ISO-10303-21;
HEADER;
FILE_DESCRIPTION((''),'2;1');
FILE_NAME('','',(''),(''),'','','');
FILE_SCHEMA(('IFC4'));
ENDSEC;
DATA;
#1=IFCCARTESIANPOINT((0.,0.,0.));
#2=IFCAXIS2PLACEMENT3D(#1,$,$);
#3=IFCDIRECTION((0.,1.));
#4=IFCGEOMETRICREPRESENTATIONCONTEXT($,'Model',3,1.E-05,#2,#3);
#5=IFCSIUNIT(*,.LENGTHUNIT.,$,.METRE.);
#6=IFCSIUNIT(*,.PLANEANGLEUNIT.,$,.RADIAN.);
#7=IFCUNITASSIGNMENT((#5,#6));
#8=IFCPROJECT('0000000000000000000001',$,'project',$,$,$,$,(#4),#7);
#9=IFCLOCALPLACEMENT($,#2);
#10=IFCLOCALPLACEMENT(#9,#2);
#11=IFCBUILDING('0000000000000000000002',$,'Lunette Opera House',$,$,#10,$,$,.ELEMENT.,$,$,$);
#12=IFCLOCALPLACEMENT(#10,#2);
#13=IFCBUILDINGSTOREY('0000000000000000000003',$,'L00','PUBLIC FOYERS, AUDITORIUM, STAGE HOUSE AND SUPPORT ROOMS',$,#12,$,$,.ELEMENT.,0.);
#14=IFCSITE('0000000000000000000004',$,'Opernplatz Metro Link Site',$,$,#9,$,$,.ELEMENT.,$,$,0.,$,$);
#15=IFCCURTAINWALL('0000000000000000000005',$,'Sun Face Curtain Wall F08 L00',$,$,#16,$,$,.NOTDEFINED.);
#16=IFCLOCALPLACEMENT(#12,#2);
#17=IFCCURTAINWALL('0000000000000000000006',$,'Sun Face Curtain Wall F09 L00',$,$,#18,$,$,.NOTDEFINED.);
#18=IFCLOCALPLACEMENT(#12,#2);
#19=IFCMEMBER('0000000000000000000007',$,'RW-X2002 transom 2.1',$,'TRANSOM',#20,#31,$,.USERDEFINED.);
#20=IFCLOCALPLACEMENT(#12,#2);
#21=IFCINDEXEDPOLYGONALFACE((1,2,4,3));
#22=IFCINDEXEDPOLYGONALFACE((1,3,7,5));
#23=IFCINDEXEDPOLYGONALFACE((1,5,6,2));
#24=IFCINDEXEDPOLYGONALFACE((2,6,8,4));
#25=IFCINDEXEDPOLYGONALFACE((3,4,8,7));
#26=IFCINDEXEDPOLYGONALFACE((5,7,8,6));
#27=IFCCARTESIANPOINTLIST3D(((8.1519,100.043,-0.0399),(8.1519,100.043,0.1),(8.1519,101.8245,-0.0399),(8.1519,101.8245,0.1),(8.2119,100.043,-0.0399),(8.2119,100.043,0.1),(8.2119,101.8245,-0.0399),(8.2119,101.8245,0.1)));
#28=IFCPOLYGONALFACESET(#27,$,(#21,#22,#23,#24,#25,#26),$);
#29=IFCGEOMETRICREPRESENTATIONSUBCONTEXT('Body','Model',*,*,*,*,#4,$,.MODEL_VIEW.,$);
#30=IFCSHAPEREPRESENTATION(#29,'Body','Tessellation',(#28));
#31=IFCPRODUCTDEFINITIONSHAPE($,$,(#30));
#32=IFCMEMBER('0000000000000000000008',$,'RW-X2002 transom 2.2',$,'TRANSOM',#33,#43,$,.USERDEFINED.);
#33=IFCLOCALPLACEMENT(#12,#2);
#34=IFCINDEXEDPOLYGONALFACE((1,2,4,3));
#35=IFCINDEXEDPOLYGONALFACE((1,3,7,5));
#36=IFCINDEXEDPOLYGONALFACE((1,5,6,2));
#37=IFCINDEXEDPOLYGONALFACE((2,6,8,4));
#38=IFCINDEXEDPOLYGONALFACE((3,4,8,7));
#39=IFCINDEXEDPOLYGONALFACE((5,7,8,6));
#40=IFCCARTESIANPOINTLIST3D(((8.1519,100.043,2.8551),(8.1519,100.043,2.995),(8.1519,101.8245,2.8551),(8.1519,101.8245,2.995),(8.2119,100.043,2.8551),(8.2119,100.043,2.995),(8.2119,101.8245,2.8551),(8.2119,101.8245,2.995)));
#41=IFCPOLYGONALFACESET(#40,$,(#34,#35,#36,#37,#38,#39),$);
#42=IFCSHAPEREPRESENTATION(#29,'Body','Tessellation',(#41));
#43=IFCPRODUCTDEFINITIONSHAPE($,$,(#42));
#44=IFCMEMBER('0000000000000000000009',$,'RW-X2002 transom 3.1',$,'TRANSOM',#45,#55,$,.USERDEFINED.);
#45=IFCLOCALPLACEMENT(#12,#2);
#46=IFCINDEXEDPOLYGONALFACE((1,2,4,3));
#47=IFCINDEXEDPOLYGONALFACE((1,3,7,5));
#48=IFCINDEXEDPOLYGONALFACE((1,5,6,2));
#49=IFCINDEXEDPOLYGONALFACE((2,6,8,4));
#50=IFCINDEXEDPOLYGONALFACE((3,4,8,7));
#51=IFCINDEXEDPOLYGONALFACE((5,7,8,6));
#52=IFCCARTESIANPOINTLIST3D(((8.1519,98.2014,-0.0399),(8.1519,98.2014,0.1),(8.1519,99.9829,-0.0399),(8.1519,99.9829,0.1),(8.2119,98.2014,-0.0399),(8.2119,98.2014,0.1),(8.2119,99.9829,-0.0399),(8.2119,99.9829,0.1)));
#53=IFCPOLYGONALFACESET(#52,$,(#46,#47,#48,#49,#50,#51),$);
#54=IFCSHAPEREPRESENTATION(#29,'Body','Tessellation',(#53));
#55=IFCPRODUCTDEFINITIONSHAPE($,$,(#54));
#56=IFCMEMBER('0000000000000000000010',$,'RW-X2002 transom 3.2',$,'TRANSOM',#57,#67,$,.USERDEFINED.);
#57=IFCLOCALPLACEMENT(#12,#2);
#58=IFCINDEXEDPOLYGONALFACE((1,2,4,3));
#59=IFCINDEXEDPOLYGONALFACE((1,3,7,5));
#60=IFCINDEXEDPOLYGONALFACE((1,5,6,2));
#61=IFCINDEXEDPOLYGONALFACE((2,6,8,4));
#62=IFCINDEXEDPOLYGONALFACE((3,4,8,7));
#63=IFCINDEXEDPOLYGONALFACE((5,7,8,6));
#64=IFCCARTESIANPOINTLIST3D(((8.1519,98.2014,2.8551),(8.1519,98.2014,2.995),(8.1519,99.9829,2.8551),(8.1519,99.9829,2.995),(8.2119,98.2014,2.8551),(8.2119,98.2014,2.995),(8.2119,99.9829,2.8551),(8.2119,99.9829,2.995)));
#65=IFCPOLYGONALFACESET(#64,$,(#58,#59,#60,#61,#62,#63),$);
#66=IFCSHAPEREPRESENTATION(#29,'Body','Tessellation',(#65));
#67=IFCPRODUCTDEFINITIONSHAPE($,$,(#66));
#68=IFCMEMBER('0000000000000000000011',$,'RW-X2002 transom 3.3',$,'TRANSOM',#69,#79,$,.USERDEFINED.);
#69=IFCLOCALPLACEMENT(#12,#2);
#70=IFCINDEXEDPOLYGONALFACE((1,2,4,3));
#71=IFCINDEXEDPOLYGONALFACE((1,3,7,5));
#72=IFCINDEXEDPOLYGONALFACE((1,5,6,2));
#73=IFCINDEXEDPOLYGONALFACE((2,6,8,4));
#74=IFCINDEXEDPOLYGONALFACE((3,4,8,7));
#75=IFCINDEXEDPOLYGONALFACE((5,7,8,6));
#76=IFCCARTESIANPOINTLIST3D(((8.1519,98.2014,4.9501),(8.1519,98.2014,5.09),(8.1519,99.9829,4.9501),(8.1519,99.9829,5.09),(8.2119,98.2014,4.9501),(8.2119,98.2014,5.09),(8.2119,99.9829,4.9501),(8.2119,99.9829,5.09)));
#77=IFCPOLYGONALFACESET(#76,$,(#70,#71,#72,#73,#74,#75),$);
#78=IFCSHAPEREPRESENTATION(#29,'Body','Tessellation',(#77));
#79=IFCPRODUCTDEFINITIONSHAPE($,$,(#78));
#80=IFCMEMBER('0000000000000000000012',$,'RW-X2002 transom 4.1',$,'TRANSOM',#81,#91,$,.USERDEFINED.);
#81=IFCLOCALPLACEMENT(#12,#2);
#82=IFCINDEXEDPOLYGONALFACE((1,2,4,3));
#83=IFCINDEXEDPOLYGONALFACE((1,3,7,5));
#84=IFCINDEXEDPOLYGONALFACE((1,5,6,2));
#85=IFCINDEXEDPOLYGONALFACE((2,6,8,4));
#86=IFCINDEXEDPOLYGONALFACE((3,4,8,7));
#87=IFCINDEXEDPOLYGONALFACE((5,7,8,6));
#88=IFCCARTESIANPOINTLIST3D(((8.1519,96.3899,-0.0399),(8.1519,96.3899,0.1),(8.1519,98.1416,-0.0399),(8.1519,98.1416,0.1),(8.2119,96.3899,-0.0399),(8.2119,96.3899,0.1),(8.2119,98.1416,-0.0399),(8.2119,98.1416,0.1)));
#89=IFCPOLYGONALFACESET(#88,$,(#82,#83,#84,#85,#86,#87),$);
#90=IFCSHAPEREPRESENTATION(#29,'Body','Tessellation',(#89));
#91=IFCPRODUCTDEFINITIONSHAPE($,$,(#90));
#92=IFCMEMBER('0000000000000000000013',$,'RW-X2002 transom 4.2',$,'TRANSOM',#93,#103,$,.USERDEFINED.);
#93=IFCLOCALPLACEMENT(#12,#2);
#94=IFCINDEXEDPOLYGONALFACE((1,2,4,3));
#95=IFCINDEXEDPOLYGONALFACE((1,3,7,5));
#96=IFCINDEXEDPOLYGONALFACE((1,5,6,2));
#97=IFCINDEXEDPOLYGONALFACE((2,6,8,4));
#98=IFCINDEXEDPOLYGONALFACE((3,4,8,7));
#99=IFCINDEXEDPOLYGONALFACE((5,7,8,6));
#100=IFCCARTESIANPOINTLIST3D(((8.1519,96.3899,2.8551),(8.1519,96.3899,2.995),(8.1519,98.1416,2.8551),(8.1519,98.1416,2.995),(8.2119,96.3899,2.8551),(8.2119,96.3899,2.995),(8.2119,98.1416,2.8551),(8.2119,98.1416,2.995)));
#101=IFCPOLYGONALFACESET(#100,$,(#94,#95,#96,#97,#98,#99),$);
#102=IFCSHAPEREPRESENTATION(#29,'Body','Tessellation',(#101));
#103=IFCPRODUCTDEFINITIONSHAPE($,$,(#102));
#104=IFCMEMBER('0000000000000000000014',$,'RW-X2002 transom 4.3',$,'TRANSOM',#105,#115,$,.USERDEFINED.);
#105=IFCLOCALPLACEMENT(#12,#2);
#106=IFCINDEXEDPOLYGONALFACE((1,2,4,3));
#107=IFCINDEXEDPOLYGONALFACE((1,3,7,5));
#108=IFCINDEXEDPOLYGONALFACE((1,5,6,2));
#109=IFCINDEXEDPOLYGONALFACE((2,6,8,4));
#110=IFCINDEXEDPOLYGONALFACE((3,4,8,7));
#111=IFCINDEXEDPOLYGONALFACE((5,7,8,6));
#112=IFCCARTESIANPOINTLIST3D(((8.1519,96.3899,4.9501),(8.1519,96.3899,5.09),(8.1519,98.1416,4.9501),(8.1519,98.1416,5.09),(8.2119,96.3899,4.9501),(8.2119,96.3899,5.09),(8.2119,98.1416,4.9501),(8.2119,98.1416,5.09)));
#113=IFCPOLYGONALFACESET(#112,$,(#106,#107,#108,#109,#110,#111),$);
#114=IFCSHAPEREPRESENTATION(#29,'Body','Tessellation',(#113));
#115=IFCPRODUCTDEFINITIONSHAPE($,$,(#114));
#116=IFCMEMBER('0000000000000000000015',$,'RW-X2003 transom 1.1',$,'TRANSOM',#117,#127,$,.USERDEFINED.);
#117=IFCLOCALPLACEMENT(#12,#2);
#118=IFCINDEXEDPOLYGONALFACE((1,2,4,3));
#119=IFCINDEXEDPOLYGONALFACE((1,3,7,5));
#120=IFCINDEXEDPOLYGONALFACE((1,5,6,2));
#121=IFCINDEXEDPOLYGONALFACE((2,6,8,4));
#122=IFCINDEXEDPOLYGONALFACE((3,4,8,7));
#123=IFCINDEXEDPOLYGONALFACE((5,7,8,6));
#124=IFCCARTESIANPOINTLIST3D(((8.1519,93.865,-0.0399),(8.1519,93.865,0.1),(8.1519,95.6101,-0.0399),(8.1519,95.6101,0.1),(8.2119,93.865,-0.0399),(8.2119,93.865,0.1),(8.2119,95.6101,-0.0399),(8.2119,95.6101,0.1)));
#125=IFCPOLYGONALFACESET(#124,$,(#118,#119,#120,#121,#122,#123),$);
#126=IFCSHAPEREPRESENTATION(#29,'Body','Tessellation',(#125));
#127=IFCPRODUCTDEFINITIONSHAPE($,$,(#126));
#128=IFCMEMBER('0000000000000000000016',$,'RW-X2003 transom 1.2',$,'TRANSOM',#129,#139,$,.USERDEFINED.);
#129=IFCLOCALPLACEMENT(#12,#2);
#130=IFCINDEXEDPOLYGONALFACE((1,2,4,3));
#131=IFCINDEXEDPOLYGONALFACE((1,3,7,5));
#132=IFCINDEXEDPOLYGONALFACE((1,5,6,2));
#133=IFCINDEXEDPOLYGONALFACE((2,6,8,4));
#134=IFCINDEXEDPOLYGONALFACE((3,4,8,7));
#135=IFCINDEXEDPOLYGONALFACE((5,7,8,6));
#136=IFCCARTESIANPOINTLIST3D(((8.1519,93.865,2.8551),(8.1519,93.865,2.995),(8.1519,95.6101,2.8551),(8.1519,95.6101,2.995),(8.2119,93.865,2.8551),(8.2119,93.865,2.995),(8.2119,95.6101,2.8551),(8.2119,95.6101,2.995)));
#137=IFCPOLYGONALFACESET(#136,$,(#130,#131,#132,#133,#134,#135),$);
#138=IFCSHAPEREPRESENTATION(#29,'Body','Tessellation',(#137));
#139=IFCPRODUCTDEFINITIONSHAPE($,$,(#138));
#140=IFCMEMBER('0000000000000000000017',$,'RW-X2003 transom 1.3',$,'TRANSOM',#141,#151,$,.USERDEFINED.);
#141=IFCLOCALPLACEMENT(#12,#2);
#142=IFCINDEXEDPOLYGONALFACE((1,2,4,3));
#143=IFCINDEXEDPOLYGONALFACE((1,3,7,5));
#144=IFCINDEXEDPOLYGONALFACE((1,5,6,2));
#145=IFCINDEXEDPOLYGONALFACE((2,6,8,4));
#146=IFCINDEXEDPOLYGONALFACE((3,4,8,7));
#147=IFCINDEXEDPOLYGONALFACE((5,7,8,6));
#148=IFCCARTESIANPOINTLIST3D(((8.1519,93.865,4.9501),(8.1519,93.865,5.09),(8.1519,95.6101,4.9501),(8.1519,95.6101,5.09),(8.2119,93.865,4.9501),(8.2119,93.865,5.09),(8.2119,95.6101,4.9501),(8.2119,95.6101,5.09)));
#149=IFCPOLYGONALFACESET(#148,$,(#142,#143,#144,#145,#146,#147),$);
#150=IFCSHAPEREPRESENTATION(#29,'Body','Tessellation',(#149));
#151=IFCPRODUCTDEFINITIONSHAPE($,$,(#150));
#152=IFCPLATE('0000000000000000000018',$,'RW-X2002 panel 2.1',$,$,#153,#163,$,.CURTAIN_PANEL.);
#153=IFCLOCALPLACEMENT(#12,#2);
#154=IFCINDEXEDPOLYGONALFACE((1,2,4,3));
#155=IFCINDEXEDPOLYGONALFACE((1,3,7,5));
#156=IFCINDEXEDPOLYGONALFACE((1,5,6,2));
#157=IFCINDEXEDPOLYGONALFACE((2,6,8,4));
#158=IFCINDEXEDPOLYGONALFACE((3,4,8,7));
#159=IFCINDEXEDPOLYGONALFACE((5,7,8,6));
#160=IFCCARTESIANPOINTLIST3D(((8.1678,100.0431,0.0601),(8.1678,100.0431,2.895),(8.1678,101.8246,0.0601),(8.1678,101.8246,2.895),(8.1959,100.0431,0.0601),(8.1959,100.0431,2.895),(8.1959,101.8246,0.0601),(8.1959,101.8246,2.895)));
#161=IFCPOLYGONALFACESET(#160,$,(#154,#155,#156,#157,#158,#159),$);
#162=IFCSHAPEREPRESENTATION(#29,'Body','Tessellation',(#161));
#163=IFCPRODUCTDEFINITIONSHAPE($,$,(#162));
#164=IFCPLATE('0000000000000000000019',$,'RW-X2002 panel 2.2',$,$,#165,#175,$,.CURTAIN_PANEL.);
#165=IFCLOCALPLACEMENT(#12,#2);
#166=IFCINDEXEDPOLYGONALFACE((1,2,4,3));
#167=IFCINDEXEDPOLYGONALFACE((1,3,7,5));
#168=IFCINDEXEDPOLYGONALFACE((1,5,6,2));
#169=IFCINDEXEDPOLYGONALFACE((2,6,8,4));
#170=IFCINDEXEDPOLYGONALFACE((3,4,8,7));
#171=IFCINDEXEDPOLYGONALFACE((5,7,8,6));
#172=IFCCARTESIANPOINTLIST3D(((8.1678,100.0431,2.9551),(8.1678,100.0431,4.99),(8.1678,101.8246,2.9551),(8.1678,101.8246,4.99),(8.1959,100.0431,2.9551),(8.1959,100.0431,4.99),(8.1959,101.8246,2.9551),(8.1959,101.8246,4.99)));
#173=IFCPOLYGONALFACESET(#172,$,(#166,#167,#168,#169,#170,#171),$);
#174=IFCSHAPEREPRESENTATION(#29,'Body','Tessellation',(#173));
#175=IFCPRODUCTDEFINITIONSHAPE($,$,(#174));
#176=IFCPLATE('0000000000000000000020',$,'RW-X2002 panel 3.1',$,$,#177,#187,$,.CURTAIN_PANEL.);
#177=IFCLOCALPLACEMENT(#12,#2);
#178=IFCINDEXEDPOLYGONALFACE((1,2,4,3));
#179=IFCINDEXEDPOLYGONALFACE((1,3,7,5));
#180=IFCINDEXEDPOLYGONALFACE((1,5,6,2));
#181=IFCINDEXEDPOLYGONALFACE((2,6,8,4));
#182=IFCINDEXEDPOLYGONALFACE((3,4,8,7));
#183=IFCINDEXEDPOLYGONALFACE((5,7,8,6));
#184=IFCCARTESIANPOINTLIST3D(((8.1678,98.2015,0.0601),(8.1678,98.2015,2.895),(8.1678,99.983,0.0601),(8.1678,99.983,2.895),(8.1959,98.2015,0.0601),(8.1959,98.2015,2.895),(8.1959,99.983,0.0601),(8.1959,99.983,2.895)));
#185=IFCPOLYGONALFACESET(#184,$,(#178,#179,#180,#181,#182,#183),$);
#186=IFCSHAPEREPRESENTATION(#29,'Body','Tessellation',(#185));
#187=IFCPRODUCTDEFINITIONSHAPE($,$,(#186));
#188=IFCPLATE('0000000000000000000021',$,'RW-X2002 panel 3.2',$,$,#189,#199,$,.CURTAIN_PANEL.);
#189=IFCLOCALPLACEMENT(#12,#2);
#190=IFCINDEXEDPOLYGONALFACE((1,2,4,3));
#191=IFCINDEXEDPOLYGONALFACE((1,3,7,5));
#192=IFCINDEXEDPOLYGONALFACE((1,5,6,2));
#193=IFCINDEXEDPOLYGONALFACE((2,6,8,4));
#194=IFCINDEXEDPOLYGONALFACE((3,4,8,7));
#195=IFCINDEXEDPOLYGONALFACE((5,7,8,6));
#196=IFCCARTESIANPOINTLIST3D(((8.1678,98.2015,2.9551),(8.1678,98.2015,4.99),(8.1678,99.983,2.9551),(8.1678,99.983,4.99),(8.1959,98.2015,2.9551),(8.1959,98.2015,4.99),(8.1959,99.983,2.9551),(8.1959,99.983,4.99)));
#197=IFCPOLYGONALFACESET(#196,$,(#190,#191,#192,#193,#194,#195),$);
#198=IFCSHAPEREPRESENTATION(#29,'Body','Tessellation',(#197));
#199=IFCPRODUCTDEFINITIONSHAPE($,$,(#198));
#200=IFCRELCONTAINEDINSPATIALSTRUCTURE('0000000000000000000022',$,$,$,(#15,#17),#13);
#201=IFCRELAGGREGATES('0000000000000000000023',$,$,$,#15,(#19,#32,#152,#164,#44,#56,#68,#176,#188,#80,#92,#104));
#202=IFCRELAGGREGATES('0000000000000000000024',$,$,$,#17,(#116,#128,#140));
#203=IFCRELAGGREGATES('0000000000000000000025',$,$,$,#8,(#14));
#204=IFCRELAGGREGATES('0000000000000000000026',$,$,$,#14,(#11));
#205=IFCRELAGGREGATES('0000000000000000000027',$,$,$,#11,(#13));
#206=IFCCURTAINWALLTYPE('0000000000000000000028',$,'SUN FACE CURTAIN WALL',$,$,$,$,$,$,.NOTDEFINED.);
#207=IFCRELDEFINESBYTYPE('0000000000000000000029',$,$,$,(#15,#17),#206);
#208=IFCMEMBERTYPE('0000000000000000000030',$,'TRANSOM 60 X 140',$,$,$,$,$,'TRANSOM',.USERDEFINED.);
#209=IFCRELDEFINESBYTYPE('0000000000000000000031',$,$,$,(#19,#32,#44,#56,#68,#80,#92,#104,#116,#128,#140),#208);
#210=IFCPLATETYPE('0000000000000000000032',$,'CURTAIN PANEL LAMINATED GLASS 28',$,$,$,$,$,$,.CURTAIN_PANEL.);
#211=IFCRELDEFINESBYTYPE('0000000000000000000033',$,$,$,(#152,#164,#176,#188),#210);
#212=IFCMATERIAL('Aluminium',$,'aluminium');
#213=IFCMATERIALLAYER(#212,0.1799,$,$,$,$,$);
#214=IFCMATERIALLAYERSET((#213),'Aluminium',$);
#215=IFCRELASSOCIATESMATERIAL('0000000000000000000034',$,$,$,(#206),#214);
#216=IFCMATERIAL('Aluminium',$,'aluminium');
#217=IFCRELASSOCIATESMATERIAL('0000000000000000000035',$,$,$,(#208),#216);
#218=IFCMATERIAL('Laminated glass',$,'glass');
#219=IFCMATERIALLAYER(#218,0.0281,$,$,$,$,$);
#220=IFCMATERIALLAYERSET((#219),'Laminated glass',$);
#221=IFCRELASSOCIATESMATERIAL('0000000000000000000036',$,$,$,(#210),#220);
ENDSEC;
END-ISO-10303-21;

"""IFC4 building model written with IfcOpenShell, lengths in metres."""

from ifc_helpers import new_model, si_unit, direction, frame, origin, origin_2d, place, context, subcontext, project, spatial, rectangle, extrude, material, layer, layer_set, material_profile, profile_set, type_object, element, aggregate, save


model = new_model("IFC4")

# Units and contexts
model_context = context("Model", 3, precision=1e-05, world=origin(), true_north=direction((0.0, 1.0)))
body_context = subcontext(model_context, "Body", "Model", "MODEL_VIEW")
ifc_project = project(units=[si_unit("LENGTHUNIT", "METRE"), si_unit("PLANEANGLEUNIT", "RADIAN")], contexts=[model_context])

# Site, building, storey
site_placement = place(None, origin())
site = spatial("IfcSite", under=ifc_project, at=site_placement, Name="Opernplatz Metro Link Site", CompositionType="ELEMENT", RefElevation=0.0)
building_placement = place(site_placement, origin())
building = spatial("IfcBuilding", under=site, at=building_placement, Name="Lunette Opera House", CompositionType="ELEMENT")
storey_placement = place(building_placement, origin())
storey = spatial("IfcBuildingStorey", under=building, at=storey_placement, Name="L00", Description="PUBLIC FOYERS, AUDITORIUM, STAGE HOUSE AND SUPPORT ROOMS", CompositionType="ELEMENT", Elevation=0.0)

# Curtain wall
ifc_material_1 = material(Name="Aluminium", Category="aluminium")
ifc_layer_1 = layer(ifc_material_1, 0.1799)
ifc_layer_set_1 = layer_set([ifc_layer_1], Name="Aluminium")
curtain_wall_type = type_object("IfcCurtainWallType", Name="SUN FACE CURTAIN WALL", PredefinedType="NOTDEFINED", material=ifc_layer_set_1)
curtain_wall_1_placement = place(storey_placement, origin())
curtain_wall_1 = element("IfcCurtainWall", 1, at=curtain_wall_1_placement, inside=storey, type_object=curtain_wall_type, Name="Sun Face Curtain Wall F08 L00", PredefinedType="NOTDEFINED")

# Curtain wall
curtain_wall_2_placement = place(storey_placement, origin())
curtain_wall_2 = element("IfcCurtainWall", 2, at=curtain_wall_2_placement, inside=storey, type_object=curtain_wall_type, Name="Sun Face Curtain Wall F09 L00", PredefinedType="NOTDEFINED")

# Members
ifc_material_2 = material(Name="Aluminium", Category="aluminium")
ifc_material_profile_1 = material_profile(ifc_material_2, rectangle(XDim=0.0601, YDim=0.1399, at=origin_2d()), Name="TRANSOM 60 X 140")
ifc_profile_set_1 = profile_set([ifc_material_profile_1], Name="Aluminium")
member_type_1 = type_object("IfcMemberType", Name="TRANSOM 60 X 140", ElementType="TRANSOM", PredefinedType="USERDEFINED", material=ifc_profile_set_1)
member_1_placement = place(storey_placement, frame((8.1819, 101.8245, 0.03), z_axis=(0.0, -1.0, 0.0), x_axis=(1.0, 0.0, 0.0)))
member_1 = element("IfcMember", 3, at=member_1_placement, type_object=member_type_1, Name="RW-X2002 transom 2.1", ObjectType="TRANSOM", PredefinedType="USERDEFINED", context=body_context, shape_type="SweptSolid", body=[
    extrude(rectangle(XDim=0.0601, YDim=0.1399, at=origin_2d()), origin(), (0.0, 0.0, 1.0), 1.7815),
])
member_2_placement = place(storey_placement, frame((8.1819, 101.8245, 2.925), z_axis=(0.0, -1.0, 0.0), x_axis=(1.0, 0.0, 0.0)))
member_2 = element("IfcMember", 4, at=member_2_placement, type_object=member_type_1, Name="RW-X2002 transom 2.2", ObjectType="TRANSOM", PredefinedType="USERDEFINED", context=body_context, shape_type="SweptSolid", body=[
    extrude(rectangle(XDim=0.0601, YDim=0.1399, at=origin_2d()), origin(), (0.0, 0.0, 1.0), 1.7815),
])
member_3_placement = place(storey_placement, frame((8.1819, 99.9829, 0.03), z_axis=(0.0, -1.0, 0.0), x_axis=(1.0, 0.0, 0.0)))
member_3 = element("IfcMember", 5, at=member_3_placement, type_object=member_type_1, Name="RW-X2002 transom 3.1", ObjectType="TRANSOM", PredefinedType="USERDEFINED", context=body_context, shape_type="SweptSolid", body=[
    extrude(rectangle(XDim=0.0601, YDim=0.1399, at=origin_2d()), origin(), (0.0, 0.0, 1.0), 1.7815),
])
member_4_placement = place(storey_placement, frame((8.1819, 99.9829, 2.925), z_axis=(0.0, -1.0, 0.0), x_axis=(1.0, 0.0, 0.0)))
member_4 = element("IfcMember", 6, at=member_4_placement, type_object=member_type_1, Name="RW-X2002 transom 3.2", ObjectType="TRANSOM", PredefinedType="USERDEFINED", context=body_context, shape_type="SweptSolid", body=[
    extrude(rectangle(XDim=0.0601, YDim=0.1399, at=origin_2d()), origin(), (0.0, 0.0, 1.0), 1.7815),
])
member_5_placement = place(storey_placement, frame((8.1819, 99.9829, 5.02), z_axis=(0.0, -1.0, 0.0), x_axis=(1.0, 0.0, 0.0)))
member_5 = element("IfcMember", 7, at=member_5_placement, type_object=member_type_1, Name="RW-X2002 transom 3.3", ObjectType="TRANSOM", PredefinedType="USERDEFINED", context=body_context, shape_type="SweptSolid", body=[
    extrude(rectangle(XDim=0.0601, YDim=0.1399, at=origin_2d()), origin(), (0.0, 0.0, 1.0), 1.7815),
])
member_6_placement = place(storey_placement, frame((8.1819, 98.1416, 0.03), z_axis=(0.0, -1.0, 0.0), x_axis=(1.0, 0.0, 0.0)))
member_6 = element("IfcMember", 8, at=member_6_placement, type_object=member_type_1, Name="RW-X2002 transom 4.1", ObjectType="TRANSOM", PredefinedType="USERDEFINED", context=body_context, shape_type="SweptSolid", body=[
    extrude(rectangle(XDim=0.0601, YDim=0.1399, at=origin_2d()), origin(), (0.0, 0.0, 1.0), 1.7517),
])
member_7_placement = place(storey_placement, frame((8.1819, 98.1416, 2.925), z_axis=(0.0, -1.0, 0.0), x_axis=(1.0, 0.0, 0.0)))
member_7 = element("IfcMember", 9, at=member_7_placement, type_object=member_type_1, Name="RW-X2002 transom 4.2", ObjectType="TRANSOM", PredefinedType="USERDEFINED", context=body_context, shape_type="SweptSolid", body=[
    extrude(rectangle(XDim=0.0601, YDim=0.1399, at=origin_2d()), origin(), (0.0, 0.0, 1.0), 1.7517),
])
member_8_placement = place(storey_placement, frame((8.1819, 98.1416, 5.02), z_axis=(0.0, -1.0, 0.0), x_axis=(1.0, 0.0, 0.0)))
member_8 = element("IfcMember", 10, at=member_8_placement, type_object=member_type_1, Name="RW-X2002 transom 4.3", ObjectType="TRANSOM", PredefinedType="USERDEFINED", context=body_context, shape_type="SweptSolid", body=[
    extrude(rectangle(XDim=0.0601, YDim=0.1399, at=origin_2d()), origin(), (0.0, 0.0, 1.0), 1.7517),
])
member_9_placement = place(storey_placement, frame((8.1819, 95.6101, 0.03), z_axis=(0.0, -1.0, 0.0), x_axis=(1.0, 0.0, 0.0)))
member_9 = element("IfcMember", 11, at=member_9_placement, type_object=member_type_1, Name="RW-X2003 transom 1.1", ObjectType="TRANSOM", PredefinedType="USERDEFINED", context=body_context, shape_type="SweptSolid", body=[
    extrude(rectangle(XDim=0.0601, YDim=0.1399, at=origin_2d()), origin(), (0.0, 0.0, 1.0), 1.7451),
])
member_10_placement = place(storey_placement, frame((8.1819, 95.6101, 2.925), z_axis=(0.0, -1.0, 0.0), x_axis=(1.0, 0.0, 0.0)))
member_10 = element("IfcMember", 12, at=member_10_placement, type_object=member_type_1, Name="RW-X2003 transom 1.2", ObjectType="TRANSOM", PredefinedType="USERDEFINED", context=body_context, shape_type="SweptSolid", body=[
    extrude(rectangle(XDim=0.0601, YDim=0.1399, at=origin_2d()), origin(), (0.0, 0.0, 1.0), 1.7451),
])
member_11_placement = place(storey_placement, frame((8.1819, 95.6101, 5.02), z_axis=(0.0, -1.0, 0.0), x_axis=(1.0, 0.0, 0.0)))
member_11 = element("IfcMember", 13, at=member_11_placement, type_object=member_type_1, Name="RW-X2003 transom 1.3", ObjectType="TRANSOM", PredefinedType="USERDEFINED", context=body_context, shape_type="SweptSolid", body=[
    extrude(rectangle(XDim=0.0601, YDim=0.1399, at=origin_2d()), origin(), (0.0, 0.0, 1.0), 1.7451),
])

# Plates
ifc_material_3 = material(Name="Laminated glass", Category="glass")
ifc_layer_2 = layer(ifc_material_3, 0.0281)
ifc_layer_set_2 = layer_set([ifc_layer_2], Name="Laminated glass")
plate_type = type_object("IfcPlateType", Name="CURTAIN PANEL LAMINATED GLASS 28", PredefinedType="CURTAIN_PANEL", material=ifc_layer_set_2)
plate_1_placement = place(storey_placement, frame((8.1819, 100.9338, 0.0601), z_axis=(0.0, 0.0, 1.0), x_axis=(0.0, -1.0, 0.0)))
plate_1 = element("IfcPlate", 14, at=plate_1_placement, type_object=plate_type, Name="RW-X2002 panel 2.1", PredefinedType="CURTAIN_PANEL", context=body_context, shape_type="SweptSolid", body=[
    extrude(rectangle(XDim=1.7815, YDim=0.0281, at=origin_2d()), origin(), (0.0, 0.0, 1.0), 2.835),
])
plate_2_placement = place(storey_placement, frame((8.1819, 100.9338, 2.9551), z_axis=(0.0, 0.0, 1.0), x_axis=(0.0, -1.0, 0.0)))
plate_2 = element("IfcPlate", 15, at=plate_2_placement, type_object=plate_type, Name="RW-X2002 panel 2.2", PredefinedType="CURTAIN_PANEL", context=body_context, shape_type="SweptSolid", body=[
    extrude(rectangle(XDim=1.7815, YDim=0.0281, at=origin_2d()), origin(), (0.0, 0.0, 1.0), 2.0349),
])
plate_3_placement = place(storey_placement, frame((8.1819, 99.0923, 0.0601), z_axis=(0.0, 0.0, 1.0), x_axis=(0.0, -1.0, 0.0)))
plate_3 = element("IfcPlate", 16, at=plate_3_placement, type_object=plate_type, Name="RW-X2002 panel 3.1", PredefinedType="CURTAIN_PANEL", context=body_context, shape_type="SweptSolid", body=[
    extrude(rectangle(XDim=1.7815, YDim=0.0281, at=origin_2d()), origin(), (0.0, 0.0, 1.0), 2.835),
])
plate_4_placement = place(storey_placement, frame((8.1819, 99.0923, 2.9551), z_axis=(0.0, 0.0, 1.0), x_axis=(0.0, -1.0, 0.0)))
plate_4 = element("IfcPlate", 17, at=plate_4_placement, type_object=plate_type, Name="RW-X2002 panel 3.2", PredefinedType="CURTAIN_PANEL", context=body_context, shape_type="SweptSolid", body=[
    extrude(rectangle(XDim=1.7815, YDim=0.0281, at=origin_2d()), origin(), (0.0, 0.0, 1.0), 2.0349),
])
aggregate(curtain_wall_1, [member_1, member_2, plate_1, plate_2, member_3, member_4, member_5, plate_3, plate_4, member_6, member_7, member_8])
aggregate(curtain_wall_2, [member_9, member_10, member_11])

save(model, "model.ifc")
